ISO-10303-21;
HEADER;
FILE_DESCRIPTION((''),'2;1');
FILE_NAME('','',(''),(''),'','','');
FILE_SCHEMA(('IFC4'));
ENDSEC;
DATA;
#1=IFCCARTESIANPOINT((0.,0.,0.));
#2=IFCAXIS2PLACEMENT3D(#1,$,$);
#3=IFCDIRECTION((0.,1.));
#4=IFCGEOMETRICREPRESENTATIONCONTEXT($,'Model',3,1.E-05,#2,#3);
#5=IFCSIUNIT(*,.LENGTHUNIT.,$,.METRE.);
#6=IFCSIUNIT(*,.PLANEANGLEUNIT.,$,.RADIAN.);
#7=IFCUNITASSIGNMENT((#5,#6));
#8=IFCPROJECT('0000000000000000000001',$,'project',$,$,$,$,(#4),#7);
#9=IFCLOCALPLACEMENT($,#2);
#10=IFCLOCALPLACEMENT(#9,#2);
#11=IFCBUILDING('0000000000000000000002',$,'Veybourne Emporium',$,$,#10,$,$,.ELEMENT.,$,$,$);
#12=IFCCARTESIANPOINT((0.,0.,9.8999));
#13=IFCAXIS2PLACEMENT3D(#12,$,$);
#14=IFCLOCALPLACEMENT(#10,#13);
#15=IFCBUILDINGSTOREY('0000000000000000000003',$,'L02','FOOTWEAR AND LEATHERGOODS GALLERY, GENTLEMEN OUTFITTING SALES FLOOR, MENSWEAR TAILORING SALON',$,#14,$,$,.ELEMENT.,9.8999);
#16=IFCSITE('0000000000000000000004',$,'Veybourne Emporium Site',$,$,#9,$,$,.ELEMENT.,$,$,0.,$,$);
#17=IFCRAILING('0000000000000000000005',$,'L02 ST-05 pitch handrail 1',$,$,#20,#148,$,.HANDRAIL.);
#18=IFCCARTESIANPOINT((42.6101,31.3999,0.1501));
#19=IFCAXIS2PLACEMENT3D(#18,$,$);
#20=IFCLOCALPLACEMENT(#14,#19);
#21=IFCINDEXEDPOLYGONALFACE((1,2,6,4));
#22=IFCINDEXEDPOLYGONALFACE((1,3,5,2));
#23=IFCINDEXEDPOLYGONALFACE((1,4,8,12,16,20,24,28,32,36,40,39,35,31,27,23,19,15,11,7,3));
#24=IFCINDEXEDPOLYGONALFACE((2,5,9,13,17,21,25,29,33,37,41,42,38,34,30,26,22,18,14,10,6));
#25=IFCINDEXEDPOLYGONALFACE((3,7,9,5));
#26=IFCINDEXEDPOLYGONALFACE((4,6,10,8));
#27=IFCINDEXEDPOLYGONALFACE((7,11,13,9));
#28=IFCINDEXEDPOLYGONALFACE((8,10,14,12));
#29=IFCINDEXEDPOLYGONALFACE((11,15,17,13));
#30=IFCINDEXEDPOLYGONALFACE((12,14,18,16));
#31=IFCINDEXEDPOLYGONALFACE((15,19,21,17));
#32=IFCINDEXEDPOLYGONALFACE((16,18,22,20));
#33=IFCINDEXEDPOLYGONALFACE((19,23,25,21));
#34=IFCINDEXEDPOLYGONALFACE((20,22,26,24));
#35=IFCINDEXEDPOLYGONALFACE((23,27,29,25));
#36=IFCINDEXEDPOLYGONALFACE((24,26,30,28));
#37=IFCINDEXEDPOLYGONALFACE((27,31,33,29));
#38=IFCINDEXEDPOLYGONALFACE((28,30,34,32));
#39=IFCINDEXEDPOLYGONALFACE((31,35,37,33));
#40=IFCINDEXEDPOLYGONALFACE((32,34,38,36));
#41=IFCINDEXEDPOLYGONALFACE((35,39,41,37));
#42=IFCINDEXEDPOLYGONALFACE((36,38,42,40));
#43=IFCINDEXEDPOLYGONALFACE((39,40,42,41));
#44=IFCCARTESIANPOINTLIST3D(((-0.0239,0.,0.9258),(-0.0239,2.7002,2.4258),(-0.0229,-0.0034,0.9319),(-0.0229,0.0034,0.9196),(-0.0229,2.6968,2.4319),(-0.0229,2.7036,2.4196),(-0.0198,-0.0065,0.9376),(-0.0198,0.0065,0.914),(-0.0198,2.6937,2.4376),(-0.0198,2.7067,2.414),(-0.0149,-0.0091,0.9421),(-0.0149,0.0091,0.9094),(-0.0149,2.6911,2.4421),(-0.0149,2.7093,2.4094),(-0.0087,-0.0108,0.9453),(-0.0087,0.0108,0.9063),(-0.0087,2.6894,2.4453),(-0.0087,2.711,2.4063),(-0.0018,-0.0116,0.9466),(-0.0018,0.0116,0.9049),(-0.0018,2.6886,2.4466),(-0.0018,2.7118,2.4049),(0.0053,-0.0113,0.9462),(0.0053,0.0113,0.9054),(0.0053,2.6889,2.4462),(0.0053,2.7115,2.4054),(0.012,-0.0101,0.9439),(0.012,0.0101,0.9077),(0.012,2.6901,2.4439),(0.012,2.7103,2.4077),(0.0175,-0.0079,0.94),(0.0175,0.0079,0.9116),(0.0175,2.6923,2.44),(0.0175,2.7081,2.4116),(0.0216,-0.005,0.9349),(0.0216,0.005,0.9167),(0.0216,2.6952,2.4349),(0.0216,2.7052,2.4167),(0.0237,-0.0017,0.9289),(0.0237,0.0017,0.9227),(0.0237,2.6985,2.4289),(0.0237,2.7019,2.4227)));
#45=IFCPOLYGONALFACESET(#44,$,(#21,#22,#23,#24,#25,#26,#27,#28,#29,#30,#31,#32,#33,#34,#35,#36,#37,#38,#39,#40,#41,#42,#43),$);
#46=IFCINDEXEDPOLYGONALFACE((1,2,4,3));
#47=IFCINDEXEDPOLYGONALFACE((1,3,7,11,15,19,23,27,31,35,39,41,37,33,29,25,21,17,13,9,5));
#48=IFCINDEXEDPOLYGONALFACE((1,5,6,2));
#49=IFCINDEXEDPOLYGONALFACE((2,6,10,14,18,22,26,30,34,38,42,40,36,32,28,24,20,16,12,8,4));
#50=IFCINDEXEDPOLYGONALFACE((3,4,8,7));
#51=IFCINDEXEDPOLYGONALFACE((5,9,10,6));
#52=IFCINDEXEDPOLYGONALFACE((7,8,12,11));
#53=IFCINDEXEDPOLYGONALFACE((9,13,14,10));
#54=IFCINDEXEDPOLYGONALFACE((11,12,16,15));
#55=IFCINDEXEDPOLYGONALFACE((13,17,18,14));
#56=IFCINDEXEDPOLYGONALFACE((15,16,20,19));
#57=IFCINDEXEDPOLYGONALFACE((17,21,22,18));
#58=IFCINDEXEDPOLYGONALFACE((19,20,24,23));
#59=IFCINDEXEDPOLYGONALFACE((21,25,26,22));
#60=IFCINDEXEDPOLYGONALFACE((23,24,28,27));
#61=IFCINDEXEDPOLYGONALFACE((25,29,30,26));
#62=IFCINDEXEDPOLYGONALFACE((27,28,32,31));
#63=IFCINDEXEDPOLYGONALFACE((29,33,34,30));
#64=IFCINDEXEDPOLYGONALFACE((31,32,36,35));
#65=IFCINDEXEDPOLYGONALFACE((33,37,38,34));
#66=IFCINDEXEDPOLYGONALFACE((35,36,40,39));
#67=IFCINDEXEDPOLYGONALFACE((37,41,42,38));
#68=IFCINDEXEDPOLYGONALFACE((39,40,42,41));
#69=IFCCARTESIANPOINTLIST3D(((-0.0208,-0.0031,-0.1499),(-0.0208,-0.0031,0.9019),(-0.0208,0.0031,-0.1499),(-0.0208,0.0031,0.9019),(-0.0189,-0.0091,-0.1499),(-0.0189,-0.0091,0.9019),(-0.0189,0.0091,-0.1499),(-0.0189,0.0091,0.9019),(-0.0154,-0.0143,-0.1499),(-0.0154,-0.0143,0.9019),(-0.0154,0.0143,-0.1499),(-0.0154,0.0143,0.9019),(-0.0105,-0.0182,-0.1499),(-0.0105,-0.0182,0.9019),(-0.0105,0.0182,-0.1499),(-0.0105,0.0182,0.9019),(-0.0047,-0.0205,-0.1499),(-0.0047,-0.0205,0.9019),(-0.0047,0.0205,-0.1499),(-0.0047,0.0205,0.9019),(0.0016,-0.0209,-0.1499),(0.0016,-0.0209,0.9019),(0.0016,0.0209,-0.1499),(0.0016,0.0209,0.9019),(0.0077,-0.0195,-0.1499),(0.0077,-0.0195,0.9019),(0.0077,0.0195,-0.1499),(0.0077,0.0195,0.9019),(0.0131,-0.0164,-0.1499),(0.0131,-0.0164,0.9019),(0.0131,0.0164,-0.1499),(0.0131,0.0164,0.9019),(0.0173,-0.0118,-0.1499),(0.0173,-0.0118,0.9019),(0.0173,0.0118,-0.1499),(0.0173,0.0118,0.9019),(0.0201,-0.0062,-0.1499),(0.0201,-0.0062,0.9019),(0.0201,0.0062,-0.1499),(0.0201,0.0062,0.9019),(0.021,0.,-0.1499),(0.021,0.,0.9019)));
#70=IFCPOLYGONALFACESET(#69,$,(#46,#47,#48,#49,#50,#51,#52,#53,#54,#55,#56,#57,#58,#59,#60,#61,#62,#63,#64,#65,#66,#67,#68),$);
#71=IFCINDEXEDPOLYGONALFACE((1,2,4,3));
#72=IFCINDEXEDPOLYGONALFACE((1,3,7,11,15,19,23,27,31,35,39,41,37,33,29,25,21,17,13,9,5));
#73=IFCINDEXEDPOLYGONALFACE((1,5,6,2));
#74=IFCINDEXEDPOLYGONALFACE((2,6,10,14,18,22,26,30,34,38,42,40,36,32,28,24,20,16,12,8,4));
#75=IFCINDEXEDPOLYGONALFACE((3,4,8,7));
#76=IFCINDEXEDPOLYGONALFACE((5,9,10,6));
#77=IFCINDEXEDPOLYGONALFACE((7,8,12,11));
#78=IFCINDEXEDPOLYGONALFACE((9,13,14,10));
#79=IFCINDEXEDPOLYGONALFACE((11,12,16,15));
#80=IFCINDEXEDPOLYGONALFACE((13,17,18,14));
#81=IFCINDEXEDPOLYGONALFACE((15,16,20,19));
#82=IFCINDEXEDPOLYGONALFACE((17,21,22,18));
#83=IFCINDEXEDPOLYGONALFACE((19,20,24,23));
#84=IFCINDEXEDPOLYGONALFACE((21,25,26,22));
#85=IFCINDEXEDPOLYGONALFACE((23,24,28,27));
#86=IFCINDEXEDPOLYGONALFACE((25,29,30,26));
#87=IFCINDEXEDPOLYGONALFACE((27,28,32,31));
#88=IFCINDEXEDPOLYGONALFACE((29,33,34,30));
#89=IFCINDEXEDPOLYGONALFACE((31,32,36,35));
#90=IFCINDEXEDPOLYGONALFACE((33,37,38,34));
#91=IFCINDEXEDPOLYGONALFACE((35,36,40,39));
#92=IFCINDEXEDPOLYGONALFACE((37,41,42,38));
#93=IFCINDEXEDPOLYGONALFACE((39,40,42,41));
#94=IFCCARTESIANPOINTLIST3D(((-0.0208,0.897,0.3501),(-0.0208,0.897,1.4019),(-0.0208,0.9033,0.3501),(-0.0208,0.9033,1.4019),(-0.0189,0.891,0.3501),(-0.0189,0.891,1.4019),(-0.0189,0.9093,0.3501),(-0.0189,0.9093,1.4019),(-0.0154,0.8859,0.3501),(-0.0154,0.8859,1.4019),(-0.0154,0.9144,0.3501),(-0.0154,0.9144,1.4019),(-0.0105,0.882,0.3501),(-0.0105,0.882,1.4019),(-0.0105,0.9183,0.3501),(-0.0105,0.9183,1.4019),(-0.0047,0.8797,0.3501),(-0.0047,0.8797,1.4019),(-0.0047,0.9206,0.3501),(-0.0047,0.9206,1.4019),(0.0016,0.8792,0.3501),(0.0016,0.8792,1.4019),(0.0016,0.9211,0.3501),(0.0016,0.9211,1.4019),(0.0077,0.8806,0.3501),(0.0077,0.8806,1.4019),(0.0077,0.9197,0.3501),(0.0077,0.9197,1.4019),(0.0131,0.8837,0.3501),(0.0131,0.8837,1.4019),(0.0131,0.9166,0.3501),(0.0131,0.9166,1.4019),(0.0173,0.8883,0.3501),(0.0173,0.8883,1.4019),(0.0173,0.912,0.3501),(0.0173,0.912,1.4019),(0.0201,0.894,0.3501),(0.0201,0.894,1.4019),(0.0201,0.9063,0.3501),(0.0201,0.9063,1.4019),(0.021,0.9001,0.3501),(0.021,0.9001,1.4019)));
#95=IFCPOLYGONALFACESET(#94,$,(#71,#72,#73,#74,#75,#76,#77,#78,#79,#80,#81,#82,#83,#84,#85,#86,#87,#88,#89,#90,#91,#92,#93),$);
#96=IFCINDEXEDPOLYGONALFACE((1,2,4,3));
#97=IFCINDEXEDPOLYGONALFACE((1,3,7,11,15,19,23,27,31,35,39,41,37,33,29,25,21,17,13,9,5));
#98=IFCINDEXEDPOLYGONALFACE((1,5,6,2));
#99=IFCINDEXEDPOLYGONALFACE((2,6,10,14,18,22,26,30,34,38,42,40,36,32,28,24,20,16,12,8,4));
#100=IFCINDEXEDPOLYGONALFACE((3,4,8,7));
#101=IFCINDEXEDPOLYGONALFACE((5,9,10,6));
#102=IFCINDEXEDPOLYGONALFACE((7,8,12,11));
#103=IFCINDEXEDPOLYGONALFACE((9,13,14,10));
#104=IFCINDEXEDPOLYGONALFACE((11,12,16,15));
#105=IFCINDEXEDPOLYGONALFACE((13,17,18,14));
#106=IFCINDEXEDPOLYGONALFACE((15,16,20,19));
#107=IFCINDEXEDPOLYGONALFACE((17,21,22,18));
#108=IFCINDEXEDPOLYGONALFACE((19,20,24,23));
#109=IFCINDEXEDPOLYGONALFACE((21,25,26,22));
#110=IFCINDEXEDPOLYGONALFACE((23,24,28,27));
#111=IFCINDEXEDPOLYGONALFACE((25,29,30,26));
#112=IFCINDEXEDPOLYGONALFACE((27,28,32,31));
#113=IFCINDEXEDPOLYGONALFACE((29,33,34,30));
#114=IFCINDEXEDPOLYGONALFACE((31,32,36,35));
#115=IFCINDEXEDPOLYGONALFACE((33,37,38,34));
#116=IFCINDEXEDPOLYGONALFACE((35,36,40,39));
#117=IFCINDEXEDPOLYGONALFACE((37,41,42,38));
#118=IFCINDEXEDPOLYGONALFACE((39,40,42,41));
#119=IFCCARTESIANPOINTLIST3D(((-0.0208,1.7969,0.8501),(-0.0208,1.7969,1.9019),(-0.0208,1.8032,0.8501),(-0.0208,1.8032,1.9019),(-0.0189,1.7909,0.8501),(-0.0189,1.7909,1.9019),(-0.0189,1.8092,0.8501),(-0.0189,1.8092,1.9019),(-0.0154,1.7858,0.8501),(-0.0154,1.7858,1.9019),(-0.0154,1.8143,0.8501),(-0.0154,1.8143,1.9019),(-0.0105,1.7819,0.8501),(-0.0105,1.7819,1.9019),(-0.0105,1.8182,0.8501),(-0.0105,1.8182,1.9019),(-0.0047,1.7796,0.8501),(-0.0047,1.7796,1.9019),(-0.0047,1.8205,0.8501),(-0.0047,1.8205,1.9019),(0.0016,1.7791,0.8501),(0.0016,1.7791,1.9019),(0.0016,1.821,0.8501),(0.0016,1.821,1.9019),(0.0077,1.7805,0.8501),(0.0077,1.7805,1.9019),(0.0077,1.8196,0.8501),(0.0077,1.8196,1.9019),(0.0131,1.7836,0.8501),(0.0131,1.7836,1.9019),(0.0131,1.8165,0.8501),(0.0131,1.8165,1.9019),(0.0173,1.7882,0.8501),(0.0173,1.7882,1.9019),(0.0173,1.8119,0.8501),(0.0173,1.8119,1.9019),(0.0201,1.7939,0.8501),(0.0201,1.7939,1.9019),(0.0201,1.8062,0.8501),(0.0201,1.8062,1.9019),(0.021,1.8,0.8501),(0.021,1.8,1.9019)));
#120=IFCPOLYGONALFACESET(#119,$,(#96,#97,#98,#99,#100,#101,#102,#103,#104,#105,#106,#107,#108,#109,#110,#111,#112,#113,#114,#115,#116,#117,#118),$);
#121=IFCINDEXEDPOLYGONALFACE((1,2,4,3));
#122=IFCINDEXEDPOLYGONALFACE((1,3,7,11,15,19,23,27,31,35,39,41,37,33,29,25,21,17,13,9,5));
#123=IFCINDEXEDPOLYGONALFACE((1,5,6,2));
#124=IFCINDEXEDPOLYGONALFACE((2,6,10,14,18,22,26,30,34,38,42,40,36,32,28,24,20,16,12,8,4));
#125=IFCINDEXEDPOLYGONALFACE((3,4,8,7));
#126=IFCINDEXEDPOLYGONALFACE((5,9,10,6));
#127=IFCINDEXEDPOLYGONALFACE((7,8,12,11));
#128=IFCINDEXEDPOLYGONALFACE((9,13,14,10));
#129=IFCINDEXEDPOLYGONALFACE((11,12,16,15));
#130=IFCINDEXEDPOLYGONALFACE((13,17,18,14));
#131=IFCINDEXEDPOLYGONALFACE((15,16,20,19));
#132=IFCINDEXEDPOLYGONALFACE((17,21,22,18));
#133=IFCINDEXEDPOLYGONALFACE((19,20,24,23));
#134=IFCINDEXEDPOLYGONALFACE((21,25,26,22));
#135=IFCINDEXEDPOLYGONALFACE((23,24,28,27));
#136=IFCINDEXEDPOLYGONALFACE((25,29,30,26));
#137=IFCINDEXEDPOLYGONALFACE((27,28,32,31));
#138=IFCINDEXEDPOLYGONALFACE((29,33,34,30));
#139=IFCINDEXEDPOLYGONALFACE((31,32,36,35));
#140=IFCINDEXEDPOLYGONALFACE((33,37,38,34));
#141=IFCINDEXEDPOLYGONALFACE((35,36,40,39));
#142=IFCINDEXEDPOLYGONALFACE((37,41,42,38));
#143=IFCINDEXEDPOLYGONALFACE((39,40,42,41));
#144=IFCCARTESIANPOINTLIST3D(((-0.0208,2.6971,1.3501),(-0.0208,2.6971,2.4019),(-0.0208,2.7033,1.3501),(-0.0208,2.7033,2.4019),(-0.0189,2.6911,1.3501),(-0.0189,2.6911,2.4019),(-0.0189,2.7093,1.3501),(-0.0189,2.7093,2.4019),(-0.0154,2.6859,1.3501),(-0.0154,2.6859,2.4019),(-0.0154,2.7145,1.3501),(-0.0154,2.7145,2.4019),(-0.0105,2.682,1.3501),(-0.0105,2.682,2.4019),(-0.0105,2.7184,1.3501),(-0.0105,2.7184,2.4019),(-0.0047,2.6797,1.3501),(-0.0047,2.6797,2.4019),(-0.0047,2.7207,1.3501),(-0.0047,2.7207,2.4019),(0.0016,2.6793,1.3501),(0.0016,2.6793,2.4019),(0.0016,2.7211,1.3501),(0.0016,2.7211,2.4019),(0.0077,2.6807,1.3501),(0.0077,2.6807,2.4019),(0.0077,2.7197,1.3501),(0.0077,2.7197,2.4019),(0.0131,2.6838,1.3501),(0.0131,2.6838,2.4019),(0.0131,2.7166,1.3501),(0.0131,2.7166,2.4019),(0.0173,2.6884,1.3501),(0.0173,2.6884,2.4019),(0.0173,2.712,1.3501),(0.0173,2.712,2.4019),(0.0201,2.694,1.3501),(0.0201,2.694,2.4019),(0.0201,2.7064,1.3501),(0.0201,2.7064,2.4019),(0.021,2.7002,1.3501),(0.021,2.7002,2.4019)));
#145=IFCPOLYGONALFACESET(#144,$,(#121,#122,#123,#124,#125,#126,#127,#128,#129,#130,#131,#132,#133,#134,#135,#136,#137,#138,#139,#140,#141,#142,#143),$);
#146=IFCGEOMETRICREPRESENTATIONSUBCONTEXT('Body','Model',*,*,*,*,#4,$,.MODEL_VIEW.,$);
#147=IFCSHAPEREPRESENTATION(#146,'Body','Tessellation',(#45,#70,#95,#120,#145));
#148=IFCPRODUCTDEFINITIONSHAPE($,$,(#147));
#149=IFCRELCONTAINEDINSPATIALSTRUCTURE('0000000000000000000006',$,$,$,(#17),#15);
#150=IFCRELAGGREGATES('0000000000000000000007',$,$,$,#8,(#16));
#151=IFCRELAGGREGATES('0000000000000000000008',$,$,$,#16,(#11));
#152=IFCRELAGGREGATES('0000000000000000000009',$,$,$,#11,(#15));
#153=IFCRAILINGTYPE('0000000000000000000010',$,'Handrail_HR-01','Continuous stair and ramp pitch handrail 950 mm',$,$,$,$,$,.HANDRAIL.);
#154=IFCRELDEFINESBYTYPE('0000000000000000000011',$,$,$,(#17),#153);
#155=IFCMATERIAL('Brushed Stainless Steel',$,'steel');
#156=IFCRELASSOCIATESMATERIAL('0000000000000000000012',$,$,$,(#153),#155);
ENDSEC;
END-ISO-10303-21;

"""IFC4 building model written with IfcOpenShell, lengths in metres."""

from ifc_helpers import new_model, si_unit, direction, frame, origin, origin_2d, place, context, subcontext, project, spatial, circle, extrude, material, type_object, element, save


model = new_model("IFC4")

# Units and contexts
model_context = context("Model", 3, precision=1e-05, world=origin(), true_north=direction((0.0, 1.0)))
body_context = subcontext(model_context, "Body", "Model", "MODEL_VIEW")
ifc_project = project(units=[si_unit("LENGTHUNIT", "METRE"), si_unit("PLANEANGLEUNIT", "RADIAN")], contexts=[model_context])

# Site, building, storey
site_placement = place(None, origin())
site = spatial("IfcSite", under=ifc_project, at=site_placement, Name="Veybourne Emporium Site", CompositionType="ELEMENT", RefElevation=0.0)
building_placement = place(site_placement, origin())
building = spatial("IfcBuilding", under=site, at=building_placement, Name="Veybourne Emporium", CompositionType="ELEMENT")
storey_placement = place(building_placement, frame((0.0, 0.0, 9.8999)))
storey = spatial("IfcBuildingStorey", under=building, at=storey_placement, Name="L02", Description="FOOTWEAR AND LEATHERGOODS GALLERY, GENTLEMEN OUTFITTING SALES FLOOR, MENSWEAR TAILORING SALON", CompositionType="ELEMENT", Elevation=9.8999)

# Railing
ifc_material_1 = material(Name="Brushed Stainless Steel", Category="steel")
railing_type_1 = type_object("IfcRailingType", Name="Handrail_HR-01", Description="Continuous stair and ramp pitch handrail 950 mm", PredefinedType="HANDRAIL", material=ifc_material_1)
railing_1_placement = place(storey_placement, frame((42.6101, 31.3999, 0.1501)))
element("IfcRailing", 1, at=railing_1_placement, inside=storey, type_object=railing_type_1, Name="L02 ST-05 pitch handrail 1", PredefinedType="HANDRAIL", context=body_context, shape_type="SweptSolid", body=[
    extrude(circle(Radius=0.0239, at=origin_2d()), frame((0.0, 0.0, 0.9258), z_axis=(0.0, 0.874172, 0.485616), x_axis=(-1.0, 0.0, 0.0)), (0.0, 0.0, 1.0), 3.0889),
    extrude(circle(Radius=0.021, at=origin_2d()), frame((0.0, 0.0, -0.1499)), (0.0, 0.0, 1.0), 1.0518),
    extrude(circle(Radius=0.021, at=origin_2d()), frame((0.0, 0.9001, 0.3501)), (0.0, 0.0, 1.0), 1.0518),
    extrude(circle(Radius=0.021, at=origin_2d()), frame((0.0, 1.8, 0.8501)), (0.0, 0.0, 1.0), 1.0518),
    extrude(circle(Radius=0.021, at=origin_2d()), frame((0.0, 2.7002, 1.3501)), (0.0, 0.0, 1.0), 1.0518),
])

save(model, "model.ifc")
